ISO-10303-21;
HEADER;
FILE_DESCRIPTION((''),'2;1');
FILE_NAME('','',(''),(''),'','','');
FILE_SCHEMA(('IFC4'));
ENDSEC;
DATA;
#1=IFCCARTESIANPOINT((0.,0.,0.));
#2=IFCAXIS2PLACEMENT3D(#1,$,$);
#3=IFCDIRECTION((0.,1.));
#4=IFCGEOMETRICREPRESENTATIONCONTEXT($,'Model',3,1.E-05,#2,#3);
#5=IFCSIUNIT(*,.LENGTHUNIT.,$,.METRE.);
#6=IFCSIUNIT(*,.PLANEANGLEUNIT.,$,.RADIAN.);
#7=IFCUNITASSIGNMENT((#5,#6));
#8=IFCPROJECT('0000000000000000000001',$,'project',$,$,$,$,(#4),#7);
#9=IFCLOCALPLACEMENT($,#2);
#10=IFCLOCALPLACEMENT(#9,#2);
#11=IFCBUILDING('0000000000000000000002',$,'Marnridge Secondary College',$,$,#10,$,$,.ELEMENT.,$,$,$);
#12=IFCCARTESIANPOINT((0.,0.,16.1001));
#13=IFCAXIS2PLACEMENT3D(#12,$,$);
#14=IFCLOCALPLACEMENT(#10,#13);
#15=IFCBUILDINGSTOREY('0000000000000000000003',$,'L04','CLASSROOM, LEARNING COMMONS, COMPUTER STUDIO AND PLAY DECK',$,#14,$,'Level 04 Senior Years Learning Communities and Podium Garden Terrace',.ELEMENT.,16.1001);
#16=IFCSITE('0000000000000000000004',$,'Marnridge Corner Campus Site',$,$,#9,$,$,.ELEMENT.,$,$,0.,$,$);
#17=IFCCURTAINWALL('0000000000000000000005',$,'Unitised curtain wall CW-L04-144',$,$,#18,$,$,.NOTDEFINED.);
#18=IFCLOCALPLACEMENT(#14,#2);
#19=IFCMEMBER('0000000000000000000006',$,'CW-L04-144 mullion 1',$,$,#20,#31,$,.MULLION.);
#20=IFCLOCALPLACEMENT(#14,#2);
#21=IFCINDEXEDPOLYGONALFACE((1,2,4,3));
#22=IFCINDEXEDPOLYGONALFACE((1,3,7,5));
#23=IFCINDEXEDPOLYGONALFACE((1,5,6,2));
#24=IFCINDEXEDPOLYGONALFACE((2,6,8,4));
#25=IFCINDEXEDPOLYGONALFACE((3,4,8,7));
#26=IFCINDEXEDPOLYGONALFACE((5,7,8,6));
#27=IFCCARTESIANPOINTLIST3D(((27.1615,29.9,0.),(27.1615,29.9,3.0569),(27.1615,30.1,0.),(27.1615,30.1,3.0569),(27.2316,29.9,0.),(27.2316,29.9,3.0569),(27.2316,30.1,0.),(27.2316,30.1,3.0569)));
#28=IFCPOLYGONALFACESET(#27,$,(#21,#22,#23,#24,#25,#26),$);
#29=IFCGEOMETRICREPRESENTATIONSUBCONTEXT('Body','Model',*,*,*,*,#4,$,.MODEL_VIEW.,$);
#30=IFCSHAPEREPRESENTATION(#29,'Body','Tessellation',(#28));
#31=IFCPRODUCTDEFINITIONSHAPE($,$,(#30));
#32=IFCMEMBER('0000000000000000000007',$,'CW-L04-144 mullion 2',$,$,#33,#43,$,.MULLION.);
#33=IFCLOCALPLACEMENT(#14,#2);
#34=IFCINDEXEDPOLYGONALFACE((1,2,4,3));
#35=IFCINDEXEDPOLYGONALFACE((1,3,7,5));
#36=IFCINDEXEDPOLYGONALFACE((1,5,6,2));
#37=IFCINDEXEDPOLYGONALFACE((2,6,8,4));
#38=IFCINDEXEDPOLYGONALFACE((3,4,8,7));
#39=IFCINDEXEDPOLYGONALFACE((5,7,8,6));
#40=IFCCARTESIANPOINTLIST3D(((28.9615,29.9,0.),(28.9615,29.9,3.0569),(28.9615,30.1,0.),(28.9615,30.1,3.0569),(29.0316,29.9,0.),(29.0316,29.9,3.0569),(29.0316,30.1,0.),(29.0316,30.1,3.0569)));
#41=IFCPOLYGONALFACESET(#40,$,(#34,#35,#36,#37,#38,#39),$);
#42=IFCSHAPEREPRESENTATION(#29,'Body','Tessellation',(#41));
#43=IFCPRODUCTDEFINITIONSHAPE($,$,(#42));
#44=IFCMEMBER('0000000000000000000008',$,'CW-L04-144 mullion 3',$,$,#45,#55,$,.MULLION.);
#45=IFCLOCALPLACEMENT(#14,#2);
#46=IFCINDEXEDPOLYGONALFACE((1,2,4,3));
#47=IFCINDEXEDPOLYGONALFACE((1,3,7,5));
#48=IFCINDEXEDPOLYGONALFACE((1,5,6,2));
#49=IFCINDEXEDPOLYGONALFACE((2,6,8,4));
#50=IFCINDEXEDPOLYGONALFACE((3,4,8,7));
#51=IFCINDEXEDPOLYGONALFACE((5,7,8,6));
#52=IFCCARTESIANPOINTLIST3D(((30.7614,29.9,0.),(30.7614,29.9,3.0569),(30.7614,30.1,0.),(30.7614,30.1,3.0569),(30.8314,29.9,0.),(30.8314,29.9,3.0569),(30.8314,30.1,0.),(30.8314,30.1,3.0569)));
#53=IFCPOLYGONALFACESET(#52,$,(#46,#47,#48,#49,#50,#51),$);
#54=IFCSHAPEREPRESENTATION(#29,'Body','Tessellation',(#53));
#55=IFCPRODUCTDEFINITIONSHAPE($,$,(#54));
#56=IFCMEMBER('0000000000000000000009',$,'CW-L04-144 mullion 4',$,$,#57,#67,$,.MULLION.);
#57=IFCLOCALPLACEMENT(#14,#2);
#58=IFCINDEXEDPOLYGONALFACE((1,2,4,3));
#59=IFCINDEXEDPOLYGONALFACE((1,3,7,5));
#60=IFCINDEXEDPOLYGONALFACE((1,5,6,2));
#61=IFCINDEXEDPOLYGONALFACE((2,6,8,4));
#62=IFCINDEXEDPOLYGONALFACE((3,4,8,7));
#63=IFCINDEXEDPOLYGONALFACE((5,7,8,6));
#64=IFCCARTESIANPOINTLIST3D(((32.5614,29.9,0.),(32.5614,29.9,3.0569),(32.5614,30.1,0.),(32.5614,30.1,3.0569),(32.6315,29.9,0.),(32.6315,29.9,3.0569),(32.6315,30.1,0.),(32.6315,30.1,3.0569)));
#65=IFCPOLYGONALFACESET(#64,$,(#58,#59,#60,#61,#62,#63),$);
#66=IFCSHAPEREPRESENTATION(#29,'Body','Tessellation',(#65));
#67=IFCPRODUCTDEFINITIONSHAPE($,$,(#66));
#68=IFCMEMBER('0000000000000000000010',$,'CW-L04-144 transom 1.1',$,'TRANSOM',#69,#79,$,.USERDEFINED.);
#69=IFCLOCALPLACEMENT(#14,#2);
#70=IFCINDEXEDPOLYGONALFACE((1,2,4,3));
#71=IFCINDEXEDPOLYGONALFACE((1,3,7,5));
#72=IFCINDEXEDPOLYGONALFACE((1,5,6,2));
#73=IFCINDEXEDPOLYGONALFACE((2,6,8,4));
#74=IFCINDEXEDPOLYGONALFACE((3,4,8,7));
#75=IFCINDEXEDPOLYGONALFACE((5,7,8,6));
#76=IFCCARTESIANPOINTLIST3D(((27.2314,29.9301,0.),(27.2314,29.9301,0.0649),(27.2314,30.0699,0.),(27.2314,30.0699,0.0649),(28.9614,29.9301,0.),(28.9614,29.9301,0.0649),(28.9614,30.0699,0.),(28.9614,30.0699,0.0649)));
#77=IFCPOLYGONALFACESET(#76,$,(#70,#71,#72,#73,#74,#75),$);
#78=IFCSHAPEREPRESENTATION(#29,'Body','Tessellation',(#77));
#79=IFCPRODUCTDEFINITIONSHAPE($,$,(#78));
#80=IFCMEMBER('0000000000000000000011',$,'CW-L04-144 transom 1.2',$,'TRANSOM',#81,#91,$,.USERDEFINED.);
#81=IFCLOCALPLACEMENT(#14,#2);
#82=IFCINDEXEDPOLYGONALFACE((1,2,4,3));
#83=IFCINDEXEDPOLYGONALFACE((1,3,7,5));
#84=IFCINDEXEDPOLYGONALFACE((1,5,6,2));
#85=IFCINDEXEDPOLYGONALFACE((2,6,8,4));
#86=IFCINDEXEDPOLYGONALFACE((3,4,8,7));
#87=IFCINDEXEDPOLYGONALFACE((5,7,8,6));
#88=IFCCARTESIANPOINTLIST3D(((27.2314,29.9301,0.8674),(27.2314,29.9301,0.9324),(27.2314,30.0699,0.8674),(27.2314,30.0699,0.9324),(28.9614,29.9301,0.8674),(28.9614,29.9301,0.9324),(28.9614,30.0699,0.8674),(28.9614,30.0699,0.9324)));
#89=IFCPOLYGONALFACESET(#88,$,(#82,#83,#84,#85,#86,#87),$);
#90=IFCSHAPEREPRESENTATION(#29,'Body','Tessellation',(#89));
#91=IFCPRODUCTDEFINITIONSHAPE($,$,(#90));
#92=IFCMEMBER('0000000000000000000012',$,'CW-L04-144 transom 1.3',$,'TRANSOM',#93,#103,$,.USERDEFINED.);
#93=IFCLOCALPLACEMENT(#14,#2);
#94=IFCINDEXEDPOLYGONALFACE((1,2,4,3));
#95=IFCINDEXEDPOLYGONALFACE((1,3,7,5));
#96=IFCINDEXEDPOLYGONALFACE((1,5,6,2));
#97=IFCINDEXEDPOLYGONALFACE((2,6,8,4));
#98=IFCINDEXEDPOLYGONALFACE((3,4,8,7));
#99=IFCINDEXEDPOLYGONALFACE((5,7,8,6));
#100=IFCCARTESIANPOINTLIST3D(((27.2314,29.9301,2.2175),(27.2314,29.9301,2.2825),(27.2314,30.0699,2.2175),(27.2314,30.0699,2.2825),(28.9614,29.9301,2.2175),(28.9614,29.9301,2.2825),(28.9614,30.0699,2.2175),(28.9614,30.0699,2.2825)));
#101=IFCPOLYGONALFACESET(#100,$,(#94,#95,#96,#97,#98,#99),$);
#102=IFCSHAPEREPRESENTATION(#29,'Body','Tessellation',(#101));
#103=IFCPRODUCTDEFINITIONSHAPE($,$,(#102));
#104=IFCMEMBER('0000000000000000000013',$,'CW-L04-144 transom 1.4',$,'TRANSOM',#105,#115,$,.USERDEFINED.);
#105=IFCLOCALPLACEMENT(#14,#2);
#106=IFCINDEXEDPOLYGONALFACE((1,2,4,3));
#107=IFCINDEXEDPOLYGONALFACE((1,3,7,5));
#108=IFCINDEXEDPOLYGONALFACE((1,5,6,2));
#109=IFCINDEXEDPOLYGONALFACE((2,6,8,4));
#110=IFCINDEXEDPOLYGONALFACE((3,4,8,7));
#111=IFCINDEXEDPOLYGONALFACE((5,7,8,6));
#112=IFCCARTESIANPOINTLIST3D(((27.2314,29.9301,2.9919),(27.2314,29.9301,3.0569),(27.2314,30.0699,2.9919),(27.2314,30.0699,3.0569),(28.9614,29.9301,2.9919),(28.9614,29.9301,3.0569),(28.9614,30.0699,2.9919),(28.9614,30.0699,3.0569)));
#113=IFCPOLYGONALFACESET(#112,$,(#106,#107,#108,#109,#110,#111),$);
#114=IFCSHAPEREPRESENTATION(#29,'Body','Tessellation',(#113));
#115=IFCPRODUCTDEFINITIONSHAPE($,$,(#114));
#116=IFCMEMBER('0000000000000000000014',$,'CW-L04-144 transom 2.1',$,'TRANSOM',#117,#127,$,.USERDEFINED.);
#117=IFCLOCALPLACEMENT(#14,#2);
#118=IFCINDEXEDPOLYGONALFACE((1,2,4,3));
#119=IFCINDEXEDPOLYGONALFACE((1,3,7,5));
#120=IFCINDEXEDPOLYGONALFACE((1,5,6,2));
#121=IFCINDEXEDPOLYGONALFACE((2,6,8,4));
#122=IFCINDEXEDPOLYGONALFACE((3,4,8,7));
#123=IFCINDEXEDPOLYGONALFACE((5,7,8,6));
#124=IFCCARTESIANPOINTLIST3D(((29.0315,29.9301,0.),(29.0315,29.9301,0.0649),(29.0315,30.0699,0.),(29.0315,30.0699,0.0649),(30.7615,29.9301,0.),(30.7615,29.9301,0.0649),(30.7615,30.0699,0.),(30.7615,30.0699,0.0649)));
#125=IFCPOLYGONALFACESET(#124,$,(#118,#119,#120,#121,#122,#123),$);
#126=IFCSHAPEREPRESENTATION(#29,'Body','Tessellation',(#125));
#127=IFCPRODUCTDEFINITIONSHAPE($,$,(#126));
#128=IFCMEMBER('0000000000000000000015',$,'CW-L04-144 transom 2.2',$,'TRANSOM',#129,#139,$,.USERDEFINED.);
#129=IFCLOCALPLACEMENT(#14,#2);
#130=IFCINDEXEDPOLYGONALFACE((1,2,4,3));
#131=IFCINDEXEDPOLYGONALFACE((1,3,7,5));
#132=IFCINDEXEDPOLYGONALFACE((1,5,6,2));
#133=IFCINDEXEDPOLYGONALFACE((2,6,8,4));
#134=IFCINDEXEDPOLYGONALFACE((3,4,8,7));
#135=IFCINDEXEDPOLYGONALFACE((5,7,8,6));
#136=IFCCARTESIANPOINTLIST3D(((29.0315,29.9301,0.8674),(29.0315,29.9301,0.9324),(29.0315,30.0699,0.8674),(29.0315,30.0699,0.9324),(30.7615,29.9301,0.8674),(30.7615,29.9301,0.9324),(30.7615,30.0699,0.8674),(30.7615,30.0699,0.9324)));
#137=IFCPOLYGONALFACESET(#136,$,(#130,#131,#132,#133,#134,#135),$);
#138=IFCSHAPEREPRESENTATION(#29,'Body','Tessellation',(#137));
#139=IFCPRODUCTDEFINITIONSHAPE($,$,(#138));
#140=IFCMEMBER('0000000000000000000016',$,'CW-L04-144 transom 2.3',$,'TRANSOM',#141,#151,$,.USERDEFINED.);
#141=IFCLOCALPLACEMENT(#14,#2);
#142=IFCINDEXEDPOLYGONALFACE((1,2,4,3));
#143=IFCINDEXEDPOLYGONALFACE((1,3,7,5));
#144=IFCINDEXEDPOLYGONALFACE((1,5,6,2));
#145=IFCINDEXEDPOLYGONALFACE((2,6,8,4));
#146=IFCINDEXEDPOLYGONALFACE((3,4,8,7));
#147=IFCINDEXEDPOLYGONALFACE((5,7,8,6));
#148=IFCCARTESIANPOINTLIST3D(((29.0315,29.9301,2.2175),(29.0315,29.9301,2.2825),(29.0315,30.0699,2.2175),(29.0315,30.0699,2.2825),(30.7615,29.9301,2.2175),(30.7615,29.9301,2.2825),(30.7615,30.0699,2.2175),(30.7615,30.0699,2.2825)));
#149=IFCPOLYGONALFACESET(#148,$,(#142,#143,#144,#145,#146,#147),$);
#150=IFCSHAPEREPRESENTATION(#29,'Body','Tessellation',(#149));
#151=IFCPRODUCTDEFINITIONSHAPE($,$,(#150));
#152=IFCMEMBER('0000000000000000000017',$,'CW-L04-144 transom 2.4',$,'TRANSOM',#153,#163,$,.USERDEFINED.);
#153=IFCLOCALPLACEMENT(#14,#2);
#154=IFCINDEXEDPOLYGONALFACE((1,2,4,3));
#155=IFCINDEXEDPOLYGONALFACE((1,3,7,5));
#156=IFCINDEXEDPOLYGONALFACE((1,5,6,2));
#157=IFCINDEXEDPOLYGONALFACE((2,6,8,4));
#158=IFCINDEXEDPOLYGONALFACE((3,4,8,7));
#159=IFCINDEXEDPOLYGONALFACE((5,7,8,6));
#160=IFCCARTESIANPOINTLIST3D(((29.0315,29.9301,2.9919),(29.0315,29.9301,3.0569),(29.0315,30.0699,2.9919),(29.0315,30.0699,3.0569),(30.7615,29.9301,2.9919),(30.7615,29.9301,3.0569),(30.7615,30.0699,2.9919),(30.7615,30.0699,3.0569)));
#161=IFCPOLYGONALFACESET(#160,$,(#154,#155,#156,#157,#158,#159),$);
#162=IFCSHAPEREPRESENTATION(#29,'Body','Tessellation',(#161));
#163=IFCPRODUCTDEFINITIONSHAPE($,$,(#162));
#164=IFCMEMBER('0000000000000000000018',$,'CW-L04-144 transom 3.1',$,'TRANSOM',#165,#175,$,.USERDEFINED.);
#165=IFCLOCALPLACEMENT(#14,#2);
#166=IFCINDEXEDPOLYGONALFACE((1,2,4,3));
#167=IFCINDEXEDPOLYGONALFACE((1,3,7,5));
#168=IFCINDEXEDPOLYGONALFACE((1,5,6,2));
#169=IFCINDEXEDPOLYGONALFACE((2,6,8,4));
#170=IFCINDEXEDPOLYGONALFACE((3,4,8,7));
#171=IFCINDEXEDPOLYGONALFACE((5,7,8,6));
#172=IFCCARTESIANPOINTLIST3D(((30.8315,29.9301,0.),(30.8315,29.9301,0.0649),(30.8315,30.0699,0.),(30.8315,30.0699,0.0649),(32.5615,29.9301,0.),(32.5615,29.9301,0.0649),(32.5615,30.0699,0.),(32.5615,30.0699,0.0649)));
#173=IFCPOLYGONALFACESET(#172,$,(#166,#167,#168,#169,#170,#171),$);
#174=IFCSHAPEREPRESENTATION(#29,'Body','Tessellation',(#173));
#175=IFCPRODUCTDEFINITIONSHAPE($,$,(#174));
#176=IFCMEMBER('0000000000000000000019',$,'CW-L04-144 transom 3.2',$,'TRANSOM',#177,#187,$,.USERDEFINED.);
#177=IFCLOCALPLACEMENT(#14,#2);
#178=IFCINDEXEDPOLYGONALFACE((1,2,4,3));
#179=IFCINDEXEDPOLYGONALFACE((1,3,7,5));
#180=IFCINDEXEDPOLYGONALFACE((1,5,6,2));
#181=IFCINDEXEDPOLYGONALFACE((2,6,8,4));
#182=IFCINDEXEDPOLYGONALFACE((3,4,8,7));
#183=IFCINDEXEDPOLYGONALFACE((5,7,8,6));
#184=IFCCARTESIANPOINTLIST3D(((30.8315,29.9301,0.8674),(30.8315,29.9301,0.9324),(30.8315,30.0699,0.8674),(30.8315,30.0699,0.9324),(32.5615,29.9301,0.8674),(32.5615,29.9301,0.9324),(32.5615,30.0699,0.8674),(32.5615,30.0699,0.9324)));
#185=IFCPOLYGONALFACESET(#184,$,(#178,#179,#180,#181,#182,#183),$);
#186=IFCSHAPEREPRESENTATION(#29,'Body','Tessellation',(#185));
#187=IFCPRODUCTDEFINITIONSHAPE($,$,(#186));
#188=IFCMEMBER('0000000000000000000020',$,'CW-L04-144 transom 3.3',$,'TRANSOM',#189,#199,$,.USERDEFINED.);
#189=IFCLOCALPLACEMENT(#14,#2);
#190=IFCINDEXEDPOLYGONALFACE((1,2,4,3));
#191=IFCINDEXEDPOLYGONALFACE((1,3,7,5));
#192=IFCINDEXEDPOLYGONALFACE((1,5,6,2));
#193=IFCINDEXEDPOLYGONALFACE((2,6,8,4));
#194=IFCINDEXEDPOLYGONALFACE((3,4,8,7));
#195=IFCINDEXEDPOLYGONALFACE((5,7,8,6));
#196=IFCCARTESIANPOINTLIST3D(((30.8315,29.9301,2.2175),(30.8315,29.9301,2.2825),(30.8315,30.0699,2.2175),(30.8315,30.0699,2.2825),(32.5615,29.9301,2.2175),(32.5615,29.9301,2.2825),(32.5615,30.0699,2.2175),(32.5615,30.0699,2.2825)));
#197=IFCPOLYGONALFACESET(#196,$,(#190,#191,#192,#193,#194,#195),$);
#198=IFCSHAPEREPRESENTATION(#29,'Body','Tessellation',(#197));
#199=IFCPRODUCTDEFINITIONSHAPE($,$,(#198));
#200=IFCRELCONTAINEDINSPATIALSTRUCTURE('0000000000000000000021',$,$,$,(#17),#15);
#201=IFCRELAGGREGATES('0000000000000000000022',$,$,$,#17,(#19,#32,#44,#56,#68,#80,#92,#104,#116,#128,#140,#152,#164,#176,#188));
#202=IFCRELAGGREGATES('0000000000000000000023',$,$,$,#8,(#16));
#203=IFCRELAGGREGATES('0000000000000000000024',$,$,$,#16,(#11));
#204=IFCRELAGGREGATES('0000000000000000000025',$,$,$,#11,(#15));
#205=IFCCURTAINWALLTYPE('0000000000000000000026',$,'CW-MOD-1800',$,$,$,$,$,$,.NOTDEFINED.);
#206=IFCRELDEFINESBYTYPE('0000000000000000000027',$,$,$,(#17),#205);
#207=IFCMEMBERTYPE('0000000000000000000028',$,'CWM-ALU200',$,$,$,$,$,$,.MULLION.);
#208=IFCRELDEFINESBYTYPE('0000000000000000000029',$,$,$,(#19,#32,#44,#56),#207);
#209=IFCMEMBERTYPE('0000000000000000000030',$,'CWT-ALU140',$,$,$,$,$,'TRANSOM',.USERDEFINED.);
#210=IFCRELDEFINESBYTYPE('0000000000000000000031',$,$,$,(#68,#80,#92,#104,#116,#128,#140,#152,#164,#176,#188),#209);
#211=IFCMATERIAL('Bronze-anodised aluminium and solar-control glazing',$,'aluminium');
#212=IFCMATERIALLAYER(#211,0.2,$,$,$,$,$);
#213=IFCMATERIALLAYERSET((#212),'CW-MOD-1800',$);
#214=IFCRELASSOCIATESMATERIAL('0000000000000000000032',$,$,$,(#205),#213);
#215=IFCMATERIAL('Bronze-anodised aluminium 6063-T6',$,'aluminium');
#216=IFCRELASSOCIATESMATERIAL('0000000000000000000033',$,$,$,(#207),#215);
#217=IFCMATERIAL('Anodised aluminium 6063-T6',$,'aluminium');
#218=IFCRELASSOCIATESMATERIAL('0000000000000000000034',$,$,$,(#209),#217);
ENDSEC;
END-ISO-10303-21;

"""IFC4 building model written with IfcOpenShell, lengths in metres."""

from ifc_helpers import new_model, si_unit, direction, frame, origin, origin_2d, place, context, subcontext, project, spatial, rectangle, extrude, material, layer, layer_set, material_profile, profile_set, type_object, element, aggregate, save


model = new_model("IFC4")

# Units and contexts
model_context = context("Model", 3, precision=1e-05, world=origin(), true_north=direction((0.0, 1.0)))
body_context = subcontext(model_context, "Body", "Model", "MODEL_VIEW")
ifc_project = project(units=[si_unit("LENGTHUNIT", "METRE"), si_unit("PLANEANGLEUNIT", "RADIAN")], contexts=[model_context])

# Site, building, storey
site_placement = place(None, origin())
site = spatial("IfcSite", under=ifc_project, at=site_placement, Name="Marnridge Corner Campus Site", CompositionType="ELEMENT", RefElevation=0.0)
building_placement = place(site_placement, origin())
building = spatial("IfcBuilding", under=site, at=building_placement, Name="Marnridge Secondary College", CompositionType="ELEMENT")
storey_placement = place(building_placement, frame((0.0, 0.0, 16.1001)))
storey = spatial("IfcBuildingStorey", under=building, at=storey_placement, Name="L04", Description="CLASSROOM, LEARNING COMMONS, COMPUTER STUDIO AND PLAY DECK", LongName="Level 04 Senior Years Learning Communities and Podium Garden Terrace", CompositionType="ELEMENT", Elevation=16.1001)

# Curtain wall, members
ifc_material_1 = material(Name="Bronze-anodised aluminium and solar-control glazing", Category="aluminium")
ifc_layer_1 = layer(ifc_material_1, 0.2)
ifc_layer_set_1 = layer_set([ifc_layer_1], Name="CW-MOD-1800")
curtain_wall_type = type_object("IfcCurtainWallType", Name="CW-MOD-1800", PredefinedType="NOTDEFINED", material=ifc_layer_set_1)
curtain_wall_1_placement = place(storey_placement, origin())
curtain_wall_1 = element("IfcCurtainWall", 1, at=curtain_wall_1_placement, inside=storey, type_object=curtain_wall_type, Name="Unitised curtain wall CW-L04-144", PredefinedType="NOTDEFINED")
ifc_material_2 = material(Name="Bronze-anodised aluminium 6063-T6", Category="aluminium")
ifc_material_profile_1 = material_profile(ifc_material_2, rectangle(XDim=0.0701, YDim=0.2, at=origin_2d()), Name="ALU 70x200")
ifc_profile_set_1 = profile_set([ifc_material_profile_1], Name="Bronze-anodised aluminium 6063-T6")
member_type_1 = type_object("IfcMemberType", Name="CWM-ALU200", PredefinedType="MULLION", material=ifc_profile_set_1)
member_1_placement = place(storey_placement, frame((27.1965, 30.0, 0.0), z_axis=(0.0, 0.0, 1.0), x_axis=(1.0, 0.0, 0.0)))
member_1 = element("IfcMember", 2, at=member_1_placement, type_object=member_type_1, Name="CW-L04-144 mullion 1", PredefinedType="MULLION", context=body_context, shape_type="SweptSolid", body=[
    extrude(rectangle(XDim=0.0701, YDim=0.2, at=origin_2d()), origin(), (0.0, 0.0, 1.0), 3.0569),
])
member_2_placement = place(storey_placement, frame((28.9966, 30.0, 0.0), z_axis=(0.0, 0.0, 1.0), x_axis=(1.0, 0.0, 0.0)))
member_2 = element("IfcMember", 3, at=member_2_placement, type_object=member_type_1, Name="CW-L04-144 mullion 2", PredefinedType="MULLION", context=body_context, shape_type="SweptSolid", body=[
    extrude(rectangle(XDim=0.0701, YDim=0.2, at=origin_2d()), origin(), (0.0, 0.0, 1.0), 3.0569),
])
member_3_placement = place(storey_placement, frame((30.7964, 30.0, 0.0), z_axis=(0.0, 0.0, 1.0), x_axis=(1.0, 0.0, 0.0)))
member_3 = element("IfcMember", 4, at=member_3_placement, type_object=member_type_1, Name="CW-L04-144 mullion 3", PredefinedType="MULLION", context=body_context, shape_type="SweptSolid", body=[
    extrude(rectangle(XDim=0.0701, YDim=0.2, at=origin_2d()), origin(), (0.0, 0.0, 1.0), 3.0569),
])
member_4_placement = place(storey_placement, frame((32.5964, 30.0, 0.0), z_axis=(0.0, 0.0, 1.0), x_axis=(1.0, 0.0, 0.0)))
member_4 = element("IfcMember", 5, at=member_4_placement, type_object=member_type_1, Name="CW-L04-144 mullion 4", PredefinedType="MULLION", context=body_context, shape_type="SweptSolid", body=[
    extrude(rectangle(XDim=0.0701, YDim=0.2, at=origin_2d()), origin(), (0.0, 0.0, 1.0), 3.0569),
])
ifc_material_3 = material(Name="Anodised aluminium 6063-T6", Category="aluminium")
ifc_material_profile_2 = material_profile(ifc_material_3, rectangle(XDim=0.0649, YDim=0.1399, at=origin_2d()), Name="ALU 65x140")
ifc_profile_set_2 = profile_set([ifc_material_profile_2], Name="Anodised aluminium 6063-T6")
member_type_2 = type_object("IfcMemberType", Name="CWT-ALU140", ElementType="TRANSOM", PredefinedType="USERDEFINED", material=ifc_profile_set_2)
member_5_placement = place(storey_placement, frame((27.2314, 30.0, 0.0325), z_axis=(1.0, 0.0, 0.0), x_axis=(0.0, 0.0, 1.0)))
member_5 = element("IfcMember", 6, at=member_5_placement, type_object=member_type_2, Name="CW-L04-144 transom 1.1", ObjectType="TRANSOM", PredefinedType="USERDEFINED", context=body_context, shape_type="SweptSolid", body=[
    extrude(rectangle(XDim=0.0649, YDim=0.1399, at=origin_2d()), origin(), (0.0, 0.0, 1.0), 1.73),
])
member_6_placement = place(storey_placement, frame((27.2314, 30.0, 0.8999), z_axis=(1.0, 0.0, 0.0), x_axis=(0.0, 0.0, 1.0)))
member_6 = element("IfcMember", 7, at=member_6_placement, type_object=member_type_2, Name="CW-L04-144 transom 1.2", ObjectType="TRANSOM", PredefinedType="USERDEFINED", context=body_context, shape_type="SweptSolid", body=[
    extrude(rectangle(XDim=0.0649, YDim=0.1399, at=origin_2d()), origin(), (0.0, 0.0, 1.0), 1.73),
])
member_7_placement = place(storey_placement, frame((27.2314, 30.0, 2.25), z_axis=(1.0, 0.0, 0.0), x_axis=(0.0, 0.0, 1.0)))
member_7 = element("IfcMember", 8, at=member_7_placement, type_object=member_type_2, Name="CW-L04-144 transom 1.3", ObjectType="TRANSOM", PredefinedType="USERDEFINED", context=body_context, shape_type="SweptSolid", body=[
    extrude(rectangle(XDim=0.0649, YDim=0.1399, at=origin_2d()), origin(), (0.0, 0.0, 1.0), 1.73),
])
member_8_placement = place(storey_placement, frame((27.2314, 30.0, 3.0244), z_axis=(1.0, 0.0, 0.0), x_axis=(0.0, 0.0, 1.0)))
member_8 = element("IfcMember", 9, at=member_8_placement, type_object=member_type_2, Name="CW-L04-144 transom 1.4", ObjectType="TRANSOM", PredefinedType="USERDEFINED", context=body_context, shape_type="SweptSolid", body=[
    extrude(rectangle(XDim=0.0649, YDim=0.1399, at=origin_2d()), origin(), (0.0, 0.0, 1.0), 1.73),
])
member_9_placement = place(storey_placement, frame((29.0315, 30.0, 0.0325), z_axis=(1.0, 0.0, 0.0), x_axis=(0.0, 0.0, 1.0)))
member_9 = element("IfcMember", 10, at=member_9_placement, type_object=member_type_2, Name="CW-L04-144 transom 2.1", ObjectType="TRANSOM", PredefinedType="USERDEFINED", context=body_context, shape_type="SweptSolid", body=[
    extrude(rectangle(XDim=0.0649, YDim=0.1399, at=origin_2d()), origin(), (0.0, 0.0, 1.0), 1.73),
])
member_10_placement = place(storey_placement, frame((29.0315, 30.0, 0.8999), z_axis=(1.0, 0.0, 0.0), x_axis=(0.0, 0.0, 1.0)))
member_10 = element("IfcMember", 11, at=member_10_placement, type_object=member_type_2, Name="CW-L04-144 transom 2.2", ObjectType="TRANSOM", PredefinedType="USERDEFINED", context=body_context, shape_type="SweptSolid", body=[
    extrude(rectangle(XDim=0.0649, YDim=0.1399, at=origin_2d()), origin(), (0.0, 0.0, 1.0), 1.73),
])
member_11_placement = place(storey_placement, frame((29.0315, 30.0, 2.25), z_axis=(1.0, 0.0, 0.0), x_axis=(0.0, 0.0, 1.0)))
member_11 = element("IfcMember", 12, at=member_11_placement, type_object=member_type_2, Name="CW-L04-144 transom 2.3", ObjectType="TRANSOM", PredefinedType="USERDEFINED", context=body_context, shape_type="SweptSolid", body=[
    extrude(rectangle(XDim=0.0649, YDim=0.1399, at=origin_2d()), origin(), (0.0, 0.0, 1.0), 1.73),
])
member_12_placement = place(storey_placement, frame((29.0315, 30.0, 3.0244), z_axis=(1.0, 0.0, 0.0), x_axis=(0.0, 0.0, 1.0)))
member_12 = element("IfcMember", 13, at=member_12_placement, type_object=member_type_2, Name="CW-L04-144 transom 2.4", ObjectType="TRANSOM", PredefinedType="USERDEFINED", context=body_context, shape_type="SweptSolid", body=[
    extrude(rectangle(XDim=0.0649, YDim=0.1399, at=origin_2d()), origin(), (0.0, 0.0, 1.0), 1.73),
])
member_13_placement = place(storey_placement, frame((30.8315, 30.0, 0.0325), z_axis=(1.0, 0.0, 0.0), x_axis=(0.0, 0.0, 1.0)))
member_13 = element("IfcMember", 14, at=member_13_placement, type_object=member_type_2, Name="CW-L04-144 transom 3.1", ObjectType="TRANSOM", PredefinedType="USERDEFINED", context=body_context, shape_type="SweptSolid", body=[
    extrude(rectangle(XDim=0.0649, YDim=0.1399, at=origin_2d()), origin(), (0.0, 0.0, 1.0), 1.73),
])
member_14_placement = place(storey_placement, frame((30.8315, 30.0, 0.8999), z_axis=(1.0, 0.0, 0.0), x_axis=(0.0, 0.0, 1.0)))
member_14 = element("IfcMember", 15, at=member_14_placement, type_object=member_type_2, Name="CW-L04-144 transom 3.2", ObjectType="TRANSOM", PredefinedType="USERDEFINED", context=body_context, shape_type="SweptSolid", body=[
    extrude(rectangle(XDim=0.0649, YDim=0.1399, at=origin_2d()), origin(), (0.0, 0.0, 1.0), 1.73),
])
member_15_placement = place(storey_placement, frame((30.8315, 30.0, 2.25), z_axis=(1.0, 0.0, 0.0), x_axis=(0.0, 0.0, 1.0)))
member_15 = element("IfcMember", 16, at=member_15_placement, type_object=member_type_2, Name="CW-L04-144 transom 3.3", ObjectType="TRANSOM", PredefinedType="USERDEFINED", context=body_context, shape_type="SweptSolid", body=[
    extrude(rectangle(XDim=0.0649, YDim=0.1399, at=origin_2d()), origin(), (0.0, 0.0, 1.0), 1.73),
])

aggregate(curtain_wall_1, [member_1, member_2, member_3, member_4, member_5, member_6, member_7, member_8, member_9, member_10, member_11, member_12, member_13, member_14, member_15])

save(model, "model.ifc")
